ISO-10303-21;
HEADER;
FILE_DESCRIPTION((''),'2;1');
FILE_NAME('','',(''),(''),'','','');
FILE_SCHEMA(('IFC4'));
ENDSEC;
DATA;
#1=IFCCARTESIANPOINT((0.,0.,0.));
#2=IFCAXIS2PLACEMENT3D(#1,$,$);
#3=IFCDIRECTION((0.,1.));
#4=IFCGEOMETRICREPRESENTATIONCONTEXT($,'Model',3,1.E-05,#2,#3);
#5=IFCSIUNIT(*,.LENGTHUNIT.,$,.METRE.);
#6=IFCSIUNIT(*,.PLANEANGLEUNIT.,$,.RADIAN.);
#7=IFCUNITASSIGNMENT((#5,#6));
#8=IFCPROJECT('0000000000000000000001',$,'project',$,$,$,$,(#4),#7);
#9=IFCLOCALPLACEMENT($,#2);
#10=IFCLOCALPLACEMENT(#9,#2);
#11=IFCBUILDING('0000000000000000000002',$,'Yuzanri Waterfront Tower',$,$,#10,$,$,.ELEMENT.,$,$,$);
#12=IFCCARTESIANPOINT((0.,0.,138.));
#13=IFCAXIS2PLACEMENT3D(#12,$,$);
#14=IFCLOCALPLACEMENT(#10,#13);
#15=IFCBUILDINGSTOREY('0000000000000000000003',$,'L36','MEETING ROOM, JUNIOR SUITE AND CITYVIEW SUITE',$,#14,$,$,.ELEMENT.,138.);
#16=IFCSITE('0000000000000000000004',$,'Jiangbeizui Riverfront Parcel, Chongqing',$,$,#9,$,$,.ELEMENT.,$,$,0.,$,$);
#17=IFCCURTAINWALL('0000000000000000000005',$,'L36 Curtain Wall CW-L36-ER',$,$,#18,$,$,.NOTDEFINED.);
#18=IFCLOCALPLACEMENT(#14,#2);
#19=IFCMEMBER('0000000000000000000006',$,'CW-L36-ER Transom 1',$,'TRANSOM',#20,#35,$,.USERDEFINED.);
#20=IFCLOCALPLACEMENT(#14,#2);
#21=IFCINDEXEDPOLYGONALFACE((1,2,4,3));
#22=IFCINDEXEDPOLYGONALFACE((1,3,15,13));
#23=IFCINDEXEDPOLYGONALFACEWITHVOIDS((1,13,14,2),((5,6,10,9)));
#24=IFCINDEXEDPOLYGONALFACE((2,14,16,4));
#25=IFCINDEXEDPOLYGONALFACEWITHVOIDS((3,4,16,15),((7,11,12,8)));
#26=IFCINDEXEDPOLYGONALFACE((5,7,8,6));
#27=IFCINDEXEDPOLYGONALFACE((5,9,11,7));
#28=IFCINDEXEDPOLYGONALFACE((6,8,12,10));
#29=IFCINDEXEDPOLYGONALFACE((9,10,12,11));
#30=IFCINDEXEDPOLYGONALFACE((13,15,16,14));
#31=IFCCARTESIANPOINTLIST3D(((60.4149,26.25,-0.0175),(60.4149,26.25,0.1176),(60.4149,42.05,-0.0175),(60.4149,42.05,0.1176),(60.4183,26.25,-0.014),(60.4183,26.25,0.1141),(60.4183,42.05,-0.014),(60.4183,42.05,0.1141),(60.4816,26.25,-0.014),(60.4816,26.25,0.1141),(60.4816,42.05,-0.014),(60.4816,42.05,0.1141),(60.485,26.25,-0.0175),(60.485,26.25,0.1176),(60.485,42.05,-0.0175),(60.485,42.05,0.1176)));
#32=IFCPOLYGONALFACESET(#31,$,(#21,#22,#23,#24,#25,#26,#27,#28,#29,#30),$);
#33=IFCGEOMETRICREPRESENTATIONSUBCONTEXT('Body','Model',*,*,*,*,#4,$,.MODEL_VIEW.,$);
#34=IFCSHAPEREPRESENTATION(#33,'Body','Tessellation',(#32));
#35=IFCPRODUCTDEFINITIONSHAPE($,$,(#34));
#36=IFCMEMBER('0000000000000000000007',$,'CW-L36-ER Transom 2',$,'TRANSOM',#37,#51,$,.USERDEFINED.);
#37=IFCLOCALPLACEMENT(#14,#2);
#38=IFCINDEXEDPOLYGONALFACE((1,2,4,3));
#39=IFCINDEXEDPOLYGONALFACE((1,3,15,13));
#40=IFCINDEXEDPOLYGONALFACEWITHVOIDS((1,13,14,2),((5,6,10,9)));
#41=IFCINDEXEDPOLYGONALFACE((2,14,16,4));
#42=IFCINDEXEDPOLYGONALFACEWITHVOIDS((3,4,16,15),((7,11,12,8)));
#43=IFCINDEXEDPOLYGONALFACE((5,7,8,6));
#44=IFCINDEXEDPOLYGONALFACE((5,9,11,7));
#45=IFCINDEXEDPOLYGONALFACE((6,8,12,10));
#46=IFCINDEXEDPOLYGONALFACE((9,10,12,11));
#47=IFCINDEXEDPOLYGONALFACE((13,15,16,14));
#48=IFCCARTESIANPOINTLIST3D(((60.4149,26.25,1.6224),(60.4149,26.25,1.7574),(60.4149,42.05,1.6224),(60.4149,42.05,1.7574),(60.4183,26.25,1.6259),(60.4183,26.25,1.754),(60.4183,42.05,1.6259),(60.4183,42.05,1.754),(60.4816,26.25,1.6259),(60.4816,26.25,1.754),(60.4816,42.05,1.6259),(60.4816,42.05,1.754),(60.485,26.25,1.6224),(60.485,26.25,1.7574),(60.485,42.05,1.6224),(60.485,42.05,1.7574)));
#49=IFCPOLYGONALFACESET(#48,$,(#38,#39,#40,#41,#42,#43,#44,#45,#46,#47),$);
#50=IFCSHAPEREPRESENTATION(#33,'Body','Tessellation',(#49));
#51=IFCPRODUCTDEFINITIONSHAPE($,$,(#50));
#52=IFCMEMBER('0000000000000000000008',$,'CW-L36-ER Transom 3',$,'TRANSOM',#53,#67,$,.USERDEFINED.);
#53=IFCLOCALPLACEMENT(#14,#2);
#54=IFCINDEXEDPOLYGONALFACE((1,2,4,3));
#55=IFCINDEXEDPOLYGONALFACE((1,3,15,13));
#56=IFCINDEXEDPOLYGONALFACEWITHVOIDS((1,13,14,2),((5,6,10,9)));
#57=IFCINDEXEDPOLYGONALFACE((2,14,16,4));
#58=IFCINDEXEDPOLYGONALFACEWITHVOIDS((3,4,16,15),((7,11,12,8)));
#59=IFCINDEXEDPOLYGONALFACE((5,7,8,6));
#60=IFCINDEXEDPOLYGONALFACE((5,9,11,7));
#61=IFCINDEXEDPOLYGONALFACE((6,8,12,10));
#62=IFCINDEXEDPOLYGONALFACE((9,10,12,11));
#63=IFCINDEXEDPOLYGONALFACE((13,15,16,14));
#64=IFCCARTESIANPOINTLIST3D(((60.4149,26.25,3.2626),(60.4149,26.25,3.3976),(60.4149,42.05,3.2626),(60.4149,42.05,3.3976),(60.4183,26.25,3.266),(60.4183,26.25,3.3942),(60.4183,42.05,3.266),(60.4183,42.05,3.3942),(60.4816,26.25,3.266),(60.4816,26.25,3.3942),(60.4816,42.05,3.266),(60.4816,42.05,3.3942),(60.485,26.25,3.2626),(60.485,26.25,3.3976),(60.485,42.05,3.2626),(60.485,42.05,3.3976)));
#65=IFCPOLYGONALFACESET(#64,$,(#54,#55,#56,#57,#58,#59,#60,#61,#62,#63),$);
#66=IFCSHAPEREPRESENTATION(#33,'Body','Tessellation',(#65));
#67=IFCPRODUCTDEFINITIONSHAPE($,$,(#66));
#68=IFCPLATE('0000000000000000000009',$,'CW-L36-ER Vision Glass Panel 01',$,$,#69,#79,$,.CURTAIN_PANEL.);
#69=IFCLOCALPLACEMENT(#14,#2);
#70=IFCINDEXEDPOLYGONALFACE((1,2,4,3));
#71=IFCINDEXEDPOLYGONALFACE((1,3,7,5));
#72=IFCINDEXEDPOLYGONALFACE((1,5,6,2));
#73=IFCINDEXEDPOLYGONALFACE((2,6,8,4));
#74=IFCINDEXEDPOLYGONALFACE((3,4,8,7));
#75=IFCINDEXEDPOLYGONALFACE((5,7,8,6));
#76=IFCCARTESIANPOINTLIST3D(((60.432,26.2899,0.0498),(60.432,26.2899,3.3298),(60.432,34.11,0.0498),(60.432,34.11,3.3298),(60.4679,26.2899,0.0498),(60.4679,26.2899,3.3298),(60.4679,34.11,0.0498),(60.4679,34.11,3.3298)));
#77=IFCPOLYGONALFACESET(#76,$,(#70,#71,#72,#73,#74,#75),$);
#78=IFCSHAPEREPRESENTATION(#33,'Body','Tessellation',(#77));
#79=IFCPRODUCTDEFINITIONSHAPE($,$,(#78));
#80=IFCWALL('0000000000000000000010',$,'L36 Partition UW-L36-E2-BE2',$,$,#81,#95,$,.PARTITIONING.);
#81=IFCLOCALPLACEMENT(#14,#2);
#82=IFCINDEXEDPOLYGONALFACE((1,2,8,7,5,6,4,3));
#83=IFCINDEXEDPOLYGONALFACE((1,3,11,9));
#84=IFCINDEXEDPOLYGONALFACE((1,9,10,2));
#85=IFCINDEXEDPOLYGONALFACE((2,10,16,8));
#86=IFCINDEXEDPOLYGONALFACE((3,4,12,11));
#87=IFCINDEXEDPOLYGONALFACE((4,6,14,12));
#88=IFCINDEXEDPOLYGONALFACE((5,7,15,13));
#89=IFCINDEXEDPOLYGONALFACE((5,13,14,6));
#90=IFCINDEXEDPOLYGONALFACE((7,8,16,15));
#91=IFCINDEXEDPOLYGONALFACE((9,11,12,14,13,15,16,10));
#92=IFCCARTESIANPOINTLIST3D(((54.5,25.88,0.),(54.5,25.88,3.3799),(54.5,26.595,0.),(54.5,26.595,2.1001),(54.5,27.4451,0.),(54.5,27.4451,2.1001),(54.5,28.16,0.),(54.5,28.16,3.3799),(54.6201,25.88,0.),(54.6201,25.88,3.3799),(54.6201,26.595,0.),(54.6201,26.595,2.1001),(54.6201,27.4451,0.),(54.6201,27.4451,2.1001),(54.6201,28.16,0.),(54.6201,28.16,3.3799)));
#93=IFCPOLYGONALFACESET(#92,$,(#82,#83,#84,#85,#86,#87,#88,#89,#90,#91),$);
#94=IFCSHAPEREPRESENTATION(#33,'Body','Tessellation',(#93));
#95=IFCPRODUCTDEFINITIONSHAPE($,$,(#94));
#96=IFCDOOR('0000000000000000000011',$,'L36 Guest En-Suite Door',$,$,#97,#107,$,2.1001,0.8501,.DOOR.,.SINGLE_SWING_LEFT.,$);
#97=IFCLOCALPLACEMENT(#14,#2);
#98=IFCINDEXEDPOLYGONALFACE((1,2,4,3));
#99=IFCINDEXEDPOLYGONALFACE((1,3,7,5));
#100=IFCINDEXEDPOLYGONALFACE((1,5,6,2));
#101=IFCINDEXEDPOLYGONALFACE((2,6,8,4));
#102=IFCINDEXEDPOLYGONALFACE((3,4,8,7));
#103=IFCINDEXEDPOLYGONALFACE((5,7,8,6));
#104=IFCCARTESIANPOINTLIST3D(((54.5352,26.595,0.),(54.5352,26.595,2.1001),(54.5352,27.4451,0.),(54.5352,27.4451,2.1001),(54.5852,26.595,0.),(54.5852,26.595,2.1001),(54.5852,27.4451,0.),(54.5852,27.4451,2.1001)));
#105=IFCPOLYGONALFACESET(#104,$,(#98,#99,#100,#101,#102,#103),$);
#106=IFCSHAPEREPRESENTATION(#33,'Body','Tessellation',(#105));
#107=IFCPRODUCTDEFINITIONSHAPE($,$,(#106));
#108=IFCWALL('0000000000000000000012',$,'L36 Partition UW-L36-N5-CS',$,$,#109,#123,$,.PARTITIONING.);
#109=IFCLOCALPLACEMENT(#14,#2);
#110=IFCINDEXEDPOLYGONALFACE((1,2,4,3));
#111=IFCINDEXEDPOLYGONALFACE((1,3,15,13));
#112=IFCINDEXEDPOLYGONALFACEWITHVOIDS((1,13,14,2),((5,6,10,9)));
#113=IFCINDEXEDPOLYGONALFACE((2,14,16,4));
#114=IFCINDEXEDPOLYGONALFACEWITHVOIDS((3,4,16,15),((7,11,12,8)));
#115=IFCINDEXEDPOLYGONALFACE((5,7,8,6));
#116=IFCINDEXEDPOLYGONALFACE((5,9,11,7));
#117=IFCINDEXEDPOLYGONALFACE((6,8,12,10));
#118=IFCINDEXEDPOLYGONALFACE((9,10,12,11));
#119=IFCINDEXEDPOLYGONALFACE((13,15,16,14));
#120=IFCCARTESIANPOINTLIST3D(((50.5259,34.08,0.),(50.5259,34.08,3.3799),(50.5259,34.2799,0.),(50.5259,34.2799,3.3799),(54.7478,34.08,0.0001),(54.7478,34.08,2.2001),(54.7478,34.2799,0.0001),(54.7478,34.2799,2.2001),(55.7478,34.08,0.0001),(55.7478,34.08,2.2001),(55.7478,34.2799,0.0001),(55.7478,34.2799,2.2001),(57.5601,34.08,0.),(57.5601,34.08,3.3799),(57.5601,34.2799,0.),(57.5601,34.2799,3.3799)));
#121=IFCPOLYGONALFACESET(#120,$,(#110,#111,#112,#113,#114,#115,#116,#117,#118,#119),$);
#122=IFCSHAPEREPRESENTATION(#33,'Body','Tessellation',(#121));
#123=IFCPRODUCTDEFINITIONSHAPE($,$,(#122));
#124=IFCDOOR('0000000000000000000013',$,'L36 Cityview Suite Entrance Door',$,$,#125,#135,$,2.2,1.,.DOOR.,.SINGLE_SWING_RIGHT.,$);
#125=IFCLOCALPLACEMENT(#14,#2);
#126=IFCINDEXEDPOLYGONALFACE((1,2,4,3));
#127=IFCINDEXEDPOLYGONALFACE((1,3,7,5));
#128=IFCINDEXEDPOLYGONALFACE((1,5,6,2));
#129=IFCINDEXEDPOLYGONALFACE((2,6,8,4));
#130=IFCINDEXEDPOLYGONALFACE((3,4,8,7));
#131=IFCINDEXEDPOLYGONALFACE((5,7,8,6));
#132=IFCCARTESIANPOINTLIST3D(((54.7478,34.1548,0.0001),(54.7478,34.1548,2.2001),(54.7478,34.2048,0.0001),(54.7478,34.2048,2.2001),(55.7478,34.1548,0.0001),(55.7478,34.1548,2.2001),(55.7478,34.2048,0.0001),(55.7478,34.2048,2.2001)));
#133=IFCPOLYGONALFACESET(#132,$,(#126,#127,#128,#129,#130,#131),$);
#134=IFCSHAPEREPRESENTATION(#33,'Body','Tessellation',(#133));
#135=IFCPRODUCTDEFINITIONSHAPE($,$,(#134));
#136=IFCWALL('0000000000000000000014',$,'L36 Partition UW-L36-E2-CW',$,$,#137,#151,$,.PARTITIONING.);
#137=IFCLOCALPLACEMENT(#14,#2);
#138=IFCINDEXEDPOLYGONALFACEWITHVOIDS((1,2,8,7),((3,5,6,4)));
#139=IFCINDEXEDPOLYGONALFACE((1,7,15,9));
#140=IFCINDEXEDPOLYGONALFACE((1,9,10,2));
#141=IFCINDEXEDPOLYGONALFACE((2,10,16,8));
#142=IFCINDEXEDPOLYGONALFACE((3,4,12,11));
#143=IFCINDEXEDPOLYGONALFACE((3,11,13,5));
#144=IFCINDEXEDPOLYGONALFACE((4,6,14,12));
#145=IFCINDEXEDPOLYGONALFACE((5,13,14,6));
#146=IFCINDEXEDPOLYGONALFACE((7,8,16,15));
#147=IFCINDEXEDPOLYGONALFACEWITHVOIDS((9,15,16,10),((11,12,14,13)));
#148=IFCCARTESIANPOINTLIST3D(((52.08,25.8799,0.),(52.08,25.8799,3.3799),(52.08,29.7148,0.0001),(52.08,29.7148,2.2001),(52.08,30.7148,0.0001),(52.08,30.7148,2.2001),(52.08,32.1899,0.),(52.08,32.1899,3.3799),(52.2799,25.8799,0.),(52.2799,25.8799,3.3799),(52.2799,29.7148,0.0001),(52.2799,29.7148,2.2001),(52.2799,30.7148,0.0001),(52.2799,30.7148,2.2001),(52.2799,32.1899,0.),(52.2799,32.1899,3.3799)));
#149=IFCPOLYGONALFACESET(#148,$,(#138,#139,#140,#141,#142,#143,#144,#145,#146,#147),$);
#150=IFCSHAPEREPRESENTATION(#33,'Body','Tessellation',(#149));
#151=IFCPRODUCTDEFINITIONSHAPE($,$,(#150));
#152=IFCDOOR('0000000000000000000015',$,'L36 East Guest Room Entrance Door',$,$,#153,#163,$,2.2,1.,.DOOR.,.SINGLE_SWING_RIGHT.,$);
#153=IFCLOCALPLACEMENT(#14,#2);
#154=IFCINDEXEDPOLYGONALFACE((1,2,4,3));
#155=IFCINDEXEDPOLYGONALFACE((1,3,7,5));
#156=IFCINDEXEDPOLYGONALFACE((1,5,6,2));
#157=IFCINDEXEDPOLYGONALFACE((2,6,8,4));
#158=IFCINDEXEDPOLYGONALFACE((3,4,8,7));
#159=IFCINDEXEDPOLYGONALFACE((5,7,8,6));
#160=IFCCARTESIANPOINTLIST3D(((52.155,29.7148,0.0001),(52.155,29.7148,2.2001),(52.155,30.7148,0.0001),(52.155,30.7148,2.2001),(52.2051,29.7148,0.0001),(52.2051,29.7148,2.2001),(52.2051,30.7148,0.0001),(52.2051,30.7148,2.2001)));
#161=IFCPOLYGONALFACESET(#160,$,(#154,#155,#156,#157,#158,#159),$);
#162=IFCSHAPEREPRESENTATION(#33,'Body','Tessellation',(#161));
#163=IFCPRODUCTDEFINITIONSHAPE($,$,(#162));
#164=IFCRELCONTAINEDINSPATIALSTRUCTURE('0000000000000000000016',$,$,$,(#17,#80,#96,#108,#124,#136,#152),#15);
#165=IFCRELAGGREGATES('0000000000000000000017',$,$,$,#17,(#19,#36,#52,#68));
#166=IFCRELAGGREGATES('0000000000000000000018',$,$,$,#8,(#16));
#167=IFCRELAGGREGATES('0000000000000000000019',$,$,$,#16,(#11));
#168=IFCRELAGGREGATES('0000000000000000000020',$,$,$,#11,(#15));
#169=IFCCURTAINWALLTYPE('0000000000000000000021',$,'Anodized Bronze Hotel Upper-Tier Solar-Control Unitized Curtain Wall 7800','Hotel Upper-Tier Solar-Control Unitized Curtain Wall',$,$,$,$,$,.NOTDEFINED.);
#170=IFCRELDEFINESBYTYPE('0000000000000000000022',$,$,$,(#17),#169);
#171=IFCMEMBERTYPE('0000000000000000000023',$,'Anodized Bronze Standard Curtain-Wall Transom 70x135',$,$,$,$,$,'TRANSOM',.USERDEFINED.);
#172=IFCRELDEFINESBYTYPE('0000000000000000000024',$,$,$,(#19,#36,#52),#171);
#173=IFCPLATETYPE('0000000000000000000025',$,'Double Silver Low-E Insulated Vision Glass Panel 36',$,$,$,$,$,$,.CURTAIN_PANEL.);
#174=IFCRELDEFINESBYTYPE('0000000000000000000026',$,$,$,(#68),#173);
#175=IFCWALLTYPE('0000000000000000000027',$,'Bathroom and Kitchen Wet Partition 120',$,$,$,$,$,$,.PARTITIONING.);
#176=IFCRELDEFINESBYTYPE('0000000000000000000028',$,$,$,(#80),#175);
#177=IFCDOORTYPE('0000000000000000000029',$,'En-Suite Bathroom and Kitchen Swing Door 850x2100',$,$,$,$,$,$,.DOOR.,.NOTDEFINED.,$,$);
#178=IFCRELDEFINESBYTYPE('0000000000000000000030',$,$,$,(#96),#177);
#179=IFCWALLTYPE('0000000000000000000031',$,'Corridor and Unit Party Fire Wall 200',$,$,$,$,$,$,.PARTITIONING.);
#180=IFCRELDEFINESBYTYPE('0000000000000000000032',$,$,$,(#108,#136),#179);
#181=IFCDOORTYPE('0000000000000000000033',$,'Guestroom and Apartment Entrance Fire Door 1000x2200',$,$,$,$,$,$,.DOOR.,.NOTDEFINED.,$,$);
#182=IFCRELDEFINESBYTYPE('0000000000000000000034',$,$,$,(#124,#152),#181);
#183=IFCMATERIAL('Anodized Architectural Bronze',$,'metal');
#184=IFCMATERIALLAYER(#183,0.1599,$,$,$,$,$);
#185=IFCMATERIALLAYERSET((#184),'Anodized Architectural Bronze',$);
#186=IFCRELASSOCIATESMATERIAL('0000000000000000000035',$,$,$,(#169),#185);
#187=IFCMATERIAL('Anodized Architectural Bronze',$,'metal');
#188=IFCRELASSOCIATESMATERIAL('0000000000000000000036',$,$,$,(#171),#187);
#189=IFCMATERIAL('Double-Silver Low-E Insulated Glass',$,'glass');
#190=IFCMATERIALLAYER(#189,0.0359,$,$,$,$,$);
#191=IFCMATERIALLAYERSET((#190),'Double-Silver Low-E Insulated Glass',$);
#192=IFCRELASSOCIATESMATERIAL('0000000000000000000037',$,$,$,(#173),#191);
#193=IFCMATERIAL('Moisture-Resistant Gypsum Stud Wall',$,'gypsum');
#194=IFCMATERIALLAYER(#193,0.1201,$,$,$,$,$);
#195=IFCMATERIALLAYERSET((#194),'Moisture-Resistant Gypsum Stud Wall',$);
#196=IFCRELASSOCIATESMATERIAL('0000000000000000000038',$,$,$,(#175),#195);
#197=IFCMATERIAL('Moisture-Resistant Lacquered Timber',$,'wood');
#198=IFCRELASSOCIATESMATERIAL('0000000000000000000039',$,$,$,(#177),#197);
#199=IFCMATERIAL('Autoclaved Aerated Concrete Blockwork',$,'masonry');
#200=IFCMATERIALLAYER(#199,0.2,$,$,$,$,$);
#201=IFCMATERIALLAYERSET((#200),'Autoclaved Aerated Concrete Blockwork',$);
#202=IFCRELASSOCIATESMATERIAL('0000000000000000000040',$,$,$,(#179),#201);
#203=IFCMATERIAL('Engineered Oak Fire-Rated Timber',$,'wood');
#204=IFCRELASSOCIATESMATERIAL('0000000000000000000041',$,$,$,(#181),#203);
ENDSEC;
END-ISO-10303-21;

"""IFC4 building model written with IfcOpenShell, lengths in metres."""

from ifc_helpers import new_model, si_unit, direction, frame, frame_2d, origin, origin_2d, place, context, subcontext, project, spatial, rectangle, hollow_rectangle, extrude, source, transform, mapped, material, layer, layer_set, material_profile, profile_set, type_object, element, fill, aggregate, save


model = new_model("IFC4")

# Units and contexts
model_context = context("Model", 3, precision=1e-05, world=origin(), true_north=direction((0.0, 1.0)))
body_context = subcontext(model_context, "Body", "Model", "MODEL_VIEW")
ifc_project = project(units=[si_unit("LENGTHUNIT", "METRE"), si_unit("PLANEANGLEUNIT", "RADIAN")], contexts=[model_context])

# Site, building, storey
site_placement = place(None, origin())
site = spatial("IfcSite", under=ifc_project, at=site_placement, Name="Jiangbeizui Riverfront Parcel, Chongqing", CompositionType="ELEMENT", RefElevation=0.0)
building_placement = place(site_placement, origin())
building = spatial("IfcBuilding", under=site, at=building_placement, Name="Yuzanri Waterfront Tower", CompositionType="ELEMENT")
storey_placement = place(building_placement, frame((0.0, 0.0, 138.0)))
storey = spatial("IfcBuildingStorey", under=building, at=storey_placement, Name="L36", Description="MEETING ROOM, JUNIOR SUITE AND CITYVIEW SUITE", CompositionType="ELEMENT", Elevation=138.0)

# Curtain wall, members, plate
ifc_material_1 = material(Name="Anodized Architectural Bronze", Category="metal")
ifc_layer_1 = layer(ifc_material_1, 0.1599)
ifc_layer_set_1 = layer_set([ifc_layer_1], Name="Anodized Architectural Bronze")
curtain_wall_type = type_object("IfcCurtainWallType", Name="Anodized Bronze Hotel Upper-Tier Solar-Control Unitized Curtain Wall 7800", Description="Hotel Upper-Tier Solar-Control Unitized Curtain Wall", PredefinedType="NOTDEFINED", material=ifc_layer_set_1)
curtain_wall_placement = place(storey_placement, origin())
curtain_wall = element("IfcCurtainWall", 1, at=curtain_wall_placement, inside=storey, type_object=curtain_wall_type, Name="L36 Curtain Wall CW-L36-ER", PredefinedType="NOTDEFINED")
ifc_material_2 = material(Name="Anodized Architectural Bronze", Category="metal")
ifc_material_profile_1 = material_profile(ifc_material_2, hollow_rectangle(XDim=0.0701, YDim=0.135, WallThickness=0.0034, at=origin_2d()), Name="CWT 70x135")
ifc_profile_set_1 = profile_set([ifc_material_profile_1], Name="Anodized Architectural Bronze")
member_type_1 = type_object("IfcMemberType", Name="Anodized Bronze Standard Curtain-Wall Transom 70x135", ElementType="TRANSOM", PredefinedType="USERDEFINED", material=ifc_profile_set_1)
shared_shape_1 = source(origin(), body_context, "Body", "SweptSolid", [
    extrude(hollow_rectangle(XDim=0.0701, YDim=0.135, WallThickness=0.0034, at=origin_2d()), origin(), (0.0, 0.0, 1.0), 15.8),
])
member_1_placement = place(storey_placement, frame((60.45, 26.25, 0.05), z_axis=(0.0, 1.0, 0.0), x_axis=(-1.0, 0.0, 0.0)))
member_1 = element("IfcMember", 2, at=member_1_placement, type_object=member_type_1, Name="CW-L36-ER Transom 1", ObjectType="TRANSOM", PredefinedType="USERDEFINED", context=body_context, shape_type="MappedRepresentation", body=[
    mapped(shared_shape_1, transform((0.0, 0.0, 0.0), scale=1.0)),
])
member_2_placement = place(storey_placement, frame((60.45, 26.25, 1.6899), z_axis=(0.0, 1.0, 0.0), x_axis=(-1.0, 0.0, 0.0)))
member_2 = element("IfcMember", 3, at=member_2_placement, type_object=member_type_1, Name="CW-L36-ER Transom 2", ObjectType="TRANSOM", PredefinedType="USERDEFINED", context=body_context, shape_type="MappedRepresentation", body=[
    mapped(shared_shape_1, transform((0.0, 0.0, 0.0), scale=1.0)),
])
member_3_placement = place(storey_placement, frame((60.45, 26.25, 3.3301), z_axis=(0.0, 1.0, 0.0), x_axis=(-1.0, 0.0, 0.0)))
member_3 = element("IfcMember", 4, at=member_3_placement, type_object=member_type_1, Name="CW-L36-ER Transom 3", ObjectType="TRANSOM", PredefinedType="USERDEFINED", context=body_context, shape_type="MappedRepresentation", body=[
    mapped(shared_shape_1, transform((0.0, 0.0, 0.0), scale=1.0)),
])
ifc_material_3 = material(Name="Double-Silver Low-E Insulated Glass", Category="glass")
ifc_layer_2 = layer(ifc_material_3, 0.0359)
ifc_layer_set_2 = layer_set([ifc_layer_2], Name="Double-Silver Low-E Insulated Glass")
plate_type = type_object("IfcPlateType", Name="Double Silver Low-E Insulated Vision Glass Panel 36", PredefinedType="CURTAIN_PANEL", material=ifc_layer_set_2)
shared_shape_2 = source(origin(), body_context, "Body", "SweptSolid", [
    extrude(rectangle(XDim=7.8201, YDim=0.0359, at=origin_2d()), origin(), (0.0, 0.0, 1.0), 3.28),
])
plate_placement = place(storey_placement, frame((60.45, 30.2, 0.0498), z_axis=(0.0, 0.0, 1.0), x_axis=(0.0, 1.0, 0.0)))
plate = element("IfcPlate", 5, at=plate_placement, type_object=plate_type, Name="CW-L36-ER Vision Glass Panel 01", PredefinedType="CURTAIN_PANEL", context=body_context, shape_type="MappedRepresentation", body=[
    mapped(shared_shape_2, transform((0.0, 0.0, 0.0), scale=1.0)),
])
aggregate(curtain_wall, [member_1, member_2, member_3, plate])

# Walls, openings, doors
ifc_material_4 = material(Name="Moisture-Resistant Gypsum Stud Wall", Category="gypsum")
ifc_layer_3 = layer(ifc_material_4, 0.1201)
ifc_layer_set_3 = layer_set([ifc_layer_3], Name="Moisture-Resistant Gypsum Stud Wall")
wall_type_1 = type_object("IfcWallType", Name="Bathroom and Kitchen Wet Partition 120", PredefinedType="PARTITIONING", material=ifc_layer_set_3)
wall_1_placement = place(storey_placement, frame((54.5601, 25.8799, 0.0), z_axis=(0.0, 0.0, 1.0), x_axis=(0.0, 1.0, 0.0)))
wall_1 = element("IfcWall", 6, at=wall_1_placement, inside=storey, type_object=wall_type_1, Name="L36 Partition UW-L36-E2-BE2", PredefinedType="PARTITIONING", context=body_context, shape_type="SweptSolid", body=[
    extrude(rectangle(XDim=2.28, YDim=0.1201, at=frame_2d((1.1401, 0.0))), origin(), (0.0, 0.0, 1.0), 3.3799),
])
opening_1_placement = place(wall_1_placement, frame((0.7151, 0.0, 0.0)))
opening_1 = element("IfcOpeningElement", 7, at=opening_1_placement, cuts=wall_1, PredefinedType="OPENING", context=body_context, shape_type="SweptSolid", body=[
    extrude(rectangle(XDim=0.8501, YDim=2.1001, at=frame_2d((0.425, 1.05))), frame((0.0, 0.075, 0.0), z_axis=(0.0, -1.0, 0.0), x_axis=(1.0, 0.0, 0.0)), (0.0, 0.0, 1.0), 0.1499),
])
ifc_material_5 = material(Name="Moisture-Resistant Lacquered Timber", Category="wood")
door_type_1 = type_object("IfcDoorType", Name="En-Suite Bathroom and Kitchen Swing Door 850x2100", OperationType="NOTDEFINED", PredefinedType="DOOR", material=ifc_material_5)
shared_shape_3 = source(origin(), body_context, "Body", "SweptSolid", [
    extrude(rectangle(XDim=0.8501, YDim=2.1001, at=frame_2d((0.425, 1.05))), frame((0.0, 0.0249, 0.0), z_axis=(0.0, -1.0, 0.0), x_axis=(1.0, 0.0, 0.0)), (0.0, 0.0, 1.0), 0.05),
])
door_1_placement = place(opening_1_placement, origin())
door_1 = element("IfcDoor", 8, at=door_1_placement, inside=storey, type_object=door_type_1, Name="L36 Guest En-Suite Door", OperationType="SINGLE_SWING_LEFT", OverallHeight=2.1001, OverallWidth=0.8501, PredefinedType="DOOR", context=body_context, shape_type="MappedRepresentation", body=[
    mapped(shared_shape_3, transform((0.0, 0.0, 0.0), scale=1.0)),
])
fill(opening_1, door_1)
ifc_material_6 = material(Name="Autoclaved Aerated Concrete Blockwork", Category="masonry")
ifc_layer_4 = layer(ifc_material_6, 0.2)
ifc_layer_set_4 = layer_set([ifc_layer_4], Name="Autoclaved Aerated Concrete Blockwork")
wall_type_2 = type_object("IfcWallType", Name="Corridor and Unit Party Fire Wall 200", PredefinedType="PARTITIONING", material=ifc_layer_set_4)
wall_2_placement = place(storey_placement, frame((50.5259, 34.1799, 0.0), z_axis=(0.0, 0.0, 1.0), x_axis=(1.0, 0.0, 0.0)))
wall_2 = element("IfcWall", 9, at=wall_2_placement, inside=storey, type_object=wall_type_2, Name="L36 Partition UW-L36-N5-CS", PredefinedType="PARTITIONING", context=body_context, shape_type="SweptSolid", body=[
    extrude(rectangle(XDim=7.0342, YDim=0.2, at=frame_2d((3.5171, 0.0))), origin(), (0.0, 0.0, 1.0), 3.3799),
])
opening_2_placement = place(wall_2_placement, frame((4.2219, 0.0, 0.0)))
opening_2 = element("IfcOpeningElement", 10, at=opening_2_placement, cuts=wall_2, PredefinedType="OPENING", context=body_context, shape_type="SweptSolid", body=[
    extrude(rectangle(XDim=1.0, YDim=2.2, at=frame_2d((0.5, 1.1001))), frame((0.0, 0.1147, 0.0), z_axis=(0.0, -1.0, 0.0), x_axis=(1.0, 0.0, 0.0)), (0.0, 0.0, 1.0), 0.2297),
])
ifc_material_7 = material(Name="Engineered Oak Fire-Rated Timber", Category="wood")
door_type_2 = type_object("IfcDoorType", Name="Guestroom and Apartment Entrance Fire Door 1000x2200", OperationType="NOTDEFINED", PredefinedType="DOOR", material=ifc_material_7)
shared_shape_4 = source(origin(), body_context, "Body", "SweptSolid", [
    extrude(rectangle(XDim=1.0, YDim=2.2, at=frame_2d((0.5, 1.1001))), frame((0.0, 0.0249, 0.0), z_axis=(0.0, -1.0, 0.0), x_axis=(1.0, 0.0, 0.0)), (0.0, 0.0, 1.0), 0.05),
])
door_2_placement = place(opening_2_placement, origin())
door_2 = element("IfcDoor", 11, at=door_2_placement, inside=storey, type_object=door_type_2, Name="L36 Cityview Suite Entrance Door", OperationType="SINGLE_SWING_RIGHT", OverallHeight=2.2, OverallWidth=1.0, PredefinedType="DOOR", context=body_context, shape_type="MappedRepresentation", body=[
    mapped(shared_shape_4, transform((0.0, 0.0, 0.0), scale=1.0)),
])
fill(opening_2, door_2)
wall_3_placement = place(storey_placement, frame((52.1799, 25.8799, 0.0), z_axis=(0.0, 0.0, 1.0), x_axis=(0.0, 1.0, 0.0)))
wall_3 = element("IfcWall", 12, at=wall_3_placement, inside=storey, type_object=wall_type_2, Name="L36 Partition UW-L36-E2-CW", PredefinedType="PARTITIONING", context=body_context, shape_type="SweptSolid", body=[
    extrude(rectangle(XDim=6.3101, YDim=0.2, at=frame_2d((3.155, 0.0))), origin(), (0.0, 0.0, 1.0), 3.3799),
])
opening_3_placement = place(wall_3_placement, frame((3.835, 0.0, 0.0)))
opening_3 = element("IfcOpeningElement", 13, at=opening_3_placement, cuts=wall_3, PredefinedType="OPENING", context=body_context, shape_type="SweptSolid", body=[
    extrude(rectangle(XDim=1.0, YDim=2.2, at=frame_2d((0.5, 1.1001))), frame((0.0, 0.1147, 0.0), z_axis=(0.0, -1.0, 0.0), x_axis=(1.0, 0.0, 0.0)), (0.0, 0.0, 1.0), 0.2297),
])
door_3_placement = place(opening_3_placement, origin())
door_3 = element("IfcDoor", 14, at=door_3_placement, inside=storey, type_object=door_type_2, Name="L36 East Guest Room Entrance Door", OperationType="SINGLE_SWING_RIGHT", OverallHeight=2.2, OverallWidth=1.0, PredefinedType="DOOR", context=body_context, shape_type="MappedRepresentation", body=[
    mapped(shared_shape_4, transform((0.0, 0.0, 0.0), scale=1.0)),
])
fill(opening_3, door_3)

save(model, "model.ifc")
